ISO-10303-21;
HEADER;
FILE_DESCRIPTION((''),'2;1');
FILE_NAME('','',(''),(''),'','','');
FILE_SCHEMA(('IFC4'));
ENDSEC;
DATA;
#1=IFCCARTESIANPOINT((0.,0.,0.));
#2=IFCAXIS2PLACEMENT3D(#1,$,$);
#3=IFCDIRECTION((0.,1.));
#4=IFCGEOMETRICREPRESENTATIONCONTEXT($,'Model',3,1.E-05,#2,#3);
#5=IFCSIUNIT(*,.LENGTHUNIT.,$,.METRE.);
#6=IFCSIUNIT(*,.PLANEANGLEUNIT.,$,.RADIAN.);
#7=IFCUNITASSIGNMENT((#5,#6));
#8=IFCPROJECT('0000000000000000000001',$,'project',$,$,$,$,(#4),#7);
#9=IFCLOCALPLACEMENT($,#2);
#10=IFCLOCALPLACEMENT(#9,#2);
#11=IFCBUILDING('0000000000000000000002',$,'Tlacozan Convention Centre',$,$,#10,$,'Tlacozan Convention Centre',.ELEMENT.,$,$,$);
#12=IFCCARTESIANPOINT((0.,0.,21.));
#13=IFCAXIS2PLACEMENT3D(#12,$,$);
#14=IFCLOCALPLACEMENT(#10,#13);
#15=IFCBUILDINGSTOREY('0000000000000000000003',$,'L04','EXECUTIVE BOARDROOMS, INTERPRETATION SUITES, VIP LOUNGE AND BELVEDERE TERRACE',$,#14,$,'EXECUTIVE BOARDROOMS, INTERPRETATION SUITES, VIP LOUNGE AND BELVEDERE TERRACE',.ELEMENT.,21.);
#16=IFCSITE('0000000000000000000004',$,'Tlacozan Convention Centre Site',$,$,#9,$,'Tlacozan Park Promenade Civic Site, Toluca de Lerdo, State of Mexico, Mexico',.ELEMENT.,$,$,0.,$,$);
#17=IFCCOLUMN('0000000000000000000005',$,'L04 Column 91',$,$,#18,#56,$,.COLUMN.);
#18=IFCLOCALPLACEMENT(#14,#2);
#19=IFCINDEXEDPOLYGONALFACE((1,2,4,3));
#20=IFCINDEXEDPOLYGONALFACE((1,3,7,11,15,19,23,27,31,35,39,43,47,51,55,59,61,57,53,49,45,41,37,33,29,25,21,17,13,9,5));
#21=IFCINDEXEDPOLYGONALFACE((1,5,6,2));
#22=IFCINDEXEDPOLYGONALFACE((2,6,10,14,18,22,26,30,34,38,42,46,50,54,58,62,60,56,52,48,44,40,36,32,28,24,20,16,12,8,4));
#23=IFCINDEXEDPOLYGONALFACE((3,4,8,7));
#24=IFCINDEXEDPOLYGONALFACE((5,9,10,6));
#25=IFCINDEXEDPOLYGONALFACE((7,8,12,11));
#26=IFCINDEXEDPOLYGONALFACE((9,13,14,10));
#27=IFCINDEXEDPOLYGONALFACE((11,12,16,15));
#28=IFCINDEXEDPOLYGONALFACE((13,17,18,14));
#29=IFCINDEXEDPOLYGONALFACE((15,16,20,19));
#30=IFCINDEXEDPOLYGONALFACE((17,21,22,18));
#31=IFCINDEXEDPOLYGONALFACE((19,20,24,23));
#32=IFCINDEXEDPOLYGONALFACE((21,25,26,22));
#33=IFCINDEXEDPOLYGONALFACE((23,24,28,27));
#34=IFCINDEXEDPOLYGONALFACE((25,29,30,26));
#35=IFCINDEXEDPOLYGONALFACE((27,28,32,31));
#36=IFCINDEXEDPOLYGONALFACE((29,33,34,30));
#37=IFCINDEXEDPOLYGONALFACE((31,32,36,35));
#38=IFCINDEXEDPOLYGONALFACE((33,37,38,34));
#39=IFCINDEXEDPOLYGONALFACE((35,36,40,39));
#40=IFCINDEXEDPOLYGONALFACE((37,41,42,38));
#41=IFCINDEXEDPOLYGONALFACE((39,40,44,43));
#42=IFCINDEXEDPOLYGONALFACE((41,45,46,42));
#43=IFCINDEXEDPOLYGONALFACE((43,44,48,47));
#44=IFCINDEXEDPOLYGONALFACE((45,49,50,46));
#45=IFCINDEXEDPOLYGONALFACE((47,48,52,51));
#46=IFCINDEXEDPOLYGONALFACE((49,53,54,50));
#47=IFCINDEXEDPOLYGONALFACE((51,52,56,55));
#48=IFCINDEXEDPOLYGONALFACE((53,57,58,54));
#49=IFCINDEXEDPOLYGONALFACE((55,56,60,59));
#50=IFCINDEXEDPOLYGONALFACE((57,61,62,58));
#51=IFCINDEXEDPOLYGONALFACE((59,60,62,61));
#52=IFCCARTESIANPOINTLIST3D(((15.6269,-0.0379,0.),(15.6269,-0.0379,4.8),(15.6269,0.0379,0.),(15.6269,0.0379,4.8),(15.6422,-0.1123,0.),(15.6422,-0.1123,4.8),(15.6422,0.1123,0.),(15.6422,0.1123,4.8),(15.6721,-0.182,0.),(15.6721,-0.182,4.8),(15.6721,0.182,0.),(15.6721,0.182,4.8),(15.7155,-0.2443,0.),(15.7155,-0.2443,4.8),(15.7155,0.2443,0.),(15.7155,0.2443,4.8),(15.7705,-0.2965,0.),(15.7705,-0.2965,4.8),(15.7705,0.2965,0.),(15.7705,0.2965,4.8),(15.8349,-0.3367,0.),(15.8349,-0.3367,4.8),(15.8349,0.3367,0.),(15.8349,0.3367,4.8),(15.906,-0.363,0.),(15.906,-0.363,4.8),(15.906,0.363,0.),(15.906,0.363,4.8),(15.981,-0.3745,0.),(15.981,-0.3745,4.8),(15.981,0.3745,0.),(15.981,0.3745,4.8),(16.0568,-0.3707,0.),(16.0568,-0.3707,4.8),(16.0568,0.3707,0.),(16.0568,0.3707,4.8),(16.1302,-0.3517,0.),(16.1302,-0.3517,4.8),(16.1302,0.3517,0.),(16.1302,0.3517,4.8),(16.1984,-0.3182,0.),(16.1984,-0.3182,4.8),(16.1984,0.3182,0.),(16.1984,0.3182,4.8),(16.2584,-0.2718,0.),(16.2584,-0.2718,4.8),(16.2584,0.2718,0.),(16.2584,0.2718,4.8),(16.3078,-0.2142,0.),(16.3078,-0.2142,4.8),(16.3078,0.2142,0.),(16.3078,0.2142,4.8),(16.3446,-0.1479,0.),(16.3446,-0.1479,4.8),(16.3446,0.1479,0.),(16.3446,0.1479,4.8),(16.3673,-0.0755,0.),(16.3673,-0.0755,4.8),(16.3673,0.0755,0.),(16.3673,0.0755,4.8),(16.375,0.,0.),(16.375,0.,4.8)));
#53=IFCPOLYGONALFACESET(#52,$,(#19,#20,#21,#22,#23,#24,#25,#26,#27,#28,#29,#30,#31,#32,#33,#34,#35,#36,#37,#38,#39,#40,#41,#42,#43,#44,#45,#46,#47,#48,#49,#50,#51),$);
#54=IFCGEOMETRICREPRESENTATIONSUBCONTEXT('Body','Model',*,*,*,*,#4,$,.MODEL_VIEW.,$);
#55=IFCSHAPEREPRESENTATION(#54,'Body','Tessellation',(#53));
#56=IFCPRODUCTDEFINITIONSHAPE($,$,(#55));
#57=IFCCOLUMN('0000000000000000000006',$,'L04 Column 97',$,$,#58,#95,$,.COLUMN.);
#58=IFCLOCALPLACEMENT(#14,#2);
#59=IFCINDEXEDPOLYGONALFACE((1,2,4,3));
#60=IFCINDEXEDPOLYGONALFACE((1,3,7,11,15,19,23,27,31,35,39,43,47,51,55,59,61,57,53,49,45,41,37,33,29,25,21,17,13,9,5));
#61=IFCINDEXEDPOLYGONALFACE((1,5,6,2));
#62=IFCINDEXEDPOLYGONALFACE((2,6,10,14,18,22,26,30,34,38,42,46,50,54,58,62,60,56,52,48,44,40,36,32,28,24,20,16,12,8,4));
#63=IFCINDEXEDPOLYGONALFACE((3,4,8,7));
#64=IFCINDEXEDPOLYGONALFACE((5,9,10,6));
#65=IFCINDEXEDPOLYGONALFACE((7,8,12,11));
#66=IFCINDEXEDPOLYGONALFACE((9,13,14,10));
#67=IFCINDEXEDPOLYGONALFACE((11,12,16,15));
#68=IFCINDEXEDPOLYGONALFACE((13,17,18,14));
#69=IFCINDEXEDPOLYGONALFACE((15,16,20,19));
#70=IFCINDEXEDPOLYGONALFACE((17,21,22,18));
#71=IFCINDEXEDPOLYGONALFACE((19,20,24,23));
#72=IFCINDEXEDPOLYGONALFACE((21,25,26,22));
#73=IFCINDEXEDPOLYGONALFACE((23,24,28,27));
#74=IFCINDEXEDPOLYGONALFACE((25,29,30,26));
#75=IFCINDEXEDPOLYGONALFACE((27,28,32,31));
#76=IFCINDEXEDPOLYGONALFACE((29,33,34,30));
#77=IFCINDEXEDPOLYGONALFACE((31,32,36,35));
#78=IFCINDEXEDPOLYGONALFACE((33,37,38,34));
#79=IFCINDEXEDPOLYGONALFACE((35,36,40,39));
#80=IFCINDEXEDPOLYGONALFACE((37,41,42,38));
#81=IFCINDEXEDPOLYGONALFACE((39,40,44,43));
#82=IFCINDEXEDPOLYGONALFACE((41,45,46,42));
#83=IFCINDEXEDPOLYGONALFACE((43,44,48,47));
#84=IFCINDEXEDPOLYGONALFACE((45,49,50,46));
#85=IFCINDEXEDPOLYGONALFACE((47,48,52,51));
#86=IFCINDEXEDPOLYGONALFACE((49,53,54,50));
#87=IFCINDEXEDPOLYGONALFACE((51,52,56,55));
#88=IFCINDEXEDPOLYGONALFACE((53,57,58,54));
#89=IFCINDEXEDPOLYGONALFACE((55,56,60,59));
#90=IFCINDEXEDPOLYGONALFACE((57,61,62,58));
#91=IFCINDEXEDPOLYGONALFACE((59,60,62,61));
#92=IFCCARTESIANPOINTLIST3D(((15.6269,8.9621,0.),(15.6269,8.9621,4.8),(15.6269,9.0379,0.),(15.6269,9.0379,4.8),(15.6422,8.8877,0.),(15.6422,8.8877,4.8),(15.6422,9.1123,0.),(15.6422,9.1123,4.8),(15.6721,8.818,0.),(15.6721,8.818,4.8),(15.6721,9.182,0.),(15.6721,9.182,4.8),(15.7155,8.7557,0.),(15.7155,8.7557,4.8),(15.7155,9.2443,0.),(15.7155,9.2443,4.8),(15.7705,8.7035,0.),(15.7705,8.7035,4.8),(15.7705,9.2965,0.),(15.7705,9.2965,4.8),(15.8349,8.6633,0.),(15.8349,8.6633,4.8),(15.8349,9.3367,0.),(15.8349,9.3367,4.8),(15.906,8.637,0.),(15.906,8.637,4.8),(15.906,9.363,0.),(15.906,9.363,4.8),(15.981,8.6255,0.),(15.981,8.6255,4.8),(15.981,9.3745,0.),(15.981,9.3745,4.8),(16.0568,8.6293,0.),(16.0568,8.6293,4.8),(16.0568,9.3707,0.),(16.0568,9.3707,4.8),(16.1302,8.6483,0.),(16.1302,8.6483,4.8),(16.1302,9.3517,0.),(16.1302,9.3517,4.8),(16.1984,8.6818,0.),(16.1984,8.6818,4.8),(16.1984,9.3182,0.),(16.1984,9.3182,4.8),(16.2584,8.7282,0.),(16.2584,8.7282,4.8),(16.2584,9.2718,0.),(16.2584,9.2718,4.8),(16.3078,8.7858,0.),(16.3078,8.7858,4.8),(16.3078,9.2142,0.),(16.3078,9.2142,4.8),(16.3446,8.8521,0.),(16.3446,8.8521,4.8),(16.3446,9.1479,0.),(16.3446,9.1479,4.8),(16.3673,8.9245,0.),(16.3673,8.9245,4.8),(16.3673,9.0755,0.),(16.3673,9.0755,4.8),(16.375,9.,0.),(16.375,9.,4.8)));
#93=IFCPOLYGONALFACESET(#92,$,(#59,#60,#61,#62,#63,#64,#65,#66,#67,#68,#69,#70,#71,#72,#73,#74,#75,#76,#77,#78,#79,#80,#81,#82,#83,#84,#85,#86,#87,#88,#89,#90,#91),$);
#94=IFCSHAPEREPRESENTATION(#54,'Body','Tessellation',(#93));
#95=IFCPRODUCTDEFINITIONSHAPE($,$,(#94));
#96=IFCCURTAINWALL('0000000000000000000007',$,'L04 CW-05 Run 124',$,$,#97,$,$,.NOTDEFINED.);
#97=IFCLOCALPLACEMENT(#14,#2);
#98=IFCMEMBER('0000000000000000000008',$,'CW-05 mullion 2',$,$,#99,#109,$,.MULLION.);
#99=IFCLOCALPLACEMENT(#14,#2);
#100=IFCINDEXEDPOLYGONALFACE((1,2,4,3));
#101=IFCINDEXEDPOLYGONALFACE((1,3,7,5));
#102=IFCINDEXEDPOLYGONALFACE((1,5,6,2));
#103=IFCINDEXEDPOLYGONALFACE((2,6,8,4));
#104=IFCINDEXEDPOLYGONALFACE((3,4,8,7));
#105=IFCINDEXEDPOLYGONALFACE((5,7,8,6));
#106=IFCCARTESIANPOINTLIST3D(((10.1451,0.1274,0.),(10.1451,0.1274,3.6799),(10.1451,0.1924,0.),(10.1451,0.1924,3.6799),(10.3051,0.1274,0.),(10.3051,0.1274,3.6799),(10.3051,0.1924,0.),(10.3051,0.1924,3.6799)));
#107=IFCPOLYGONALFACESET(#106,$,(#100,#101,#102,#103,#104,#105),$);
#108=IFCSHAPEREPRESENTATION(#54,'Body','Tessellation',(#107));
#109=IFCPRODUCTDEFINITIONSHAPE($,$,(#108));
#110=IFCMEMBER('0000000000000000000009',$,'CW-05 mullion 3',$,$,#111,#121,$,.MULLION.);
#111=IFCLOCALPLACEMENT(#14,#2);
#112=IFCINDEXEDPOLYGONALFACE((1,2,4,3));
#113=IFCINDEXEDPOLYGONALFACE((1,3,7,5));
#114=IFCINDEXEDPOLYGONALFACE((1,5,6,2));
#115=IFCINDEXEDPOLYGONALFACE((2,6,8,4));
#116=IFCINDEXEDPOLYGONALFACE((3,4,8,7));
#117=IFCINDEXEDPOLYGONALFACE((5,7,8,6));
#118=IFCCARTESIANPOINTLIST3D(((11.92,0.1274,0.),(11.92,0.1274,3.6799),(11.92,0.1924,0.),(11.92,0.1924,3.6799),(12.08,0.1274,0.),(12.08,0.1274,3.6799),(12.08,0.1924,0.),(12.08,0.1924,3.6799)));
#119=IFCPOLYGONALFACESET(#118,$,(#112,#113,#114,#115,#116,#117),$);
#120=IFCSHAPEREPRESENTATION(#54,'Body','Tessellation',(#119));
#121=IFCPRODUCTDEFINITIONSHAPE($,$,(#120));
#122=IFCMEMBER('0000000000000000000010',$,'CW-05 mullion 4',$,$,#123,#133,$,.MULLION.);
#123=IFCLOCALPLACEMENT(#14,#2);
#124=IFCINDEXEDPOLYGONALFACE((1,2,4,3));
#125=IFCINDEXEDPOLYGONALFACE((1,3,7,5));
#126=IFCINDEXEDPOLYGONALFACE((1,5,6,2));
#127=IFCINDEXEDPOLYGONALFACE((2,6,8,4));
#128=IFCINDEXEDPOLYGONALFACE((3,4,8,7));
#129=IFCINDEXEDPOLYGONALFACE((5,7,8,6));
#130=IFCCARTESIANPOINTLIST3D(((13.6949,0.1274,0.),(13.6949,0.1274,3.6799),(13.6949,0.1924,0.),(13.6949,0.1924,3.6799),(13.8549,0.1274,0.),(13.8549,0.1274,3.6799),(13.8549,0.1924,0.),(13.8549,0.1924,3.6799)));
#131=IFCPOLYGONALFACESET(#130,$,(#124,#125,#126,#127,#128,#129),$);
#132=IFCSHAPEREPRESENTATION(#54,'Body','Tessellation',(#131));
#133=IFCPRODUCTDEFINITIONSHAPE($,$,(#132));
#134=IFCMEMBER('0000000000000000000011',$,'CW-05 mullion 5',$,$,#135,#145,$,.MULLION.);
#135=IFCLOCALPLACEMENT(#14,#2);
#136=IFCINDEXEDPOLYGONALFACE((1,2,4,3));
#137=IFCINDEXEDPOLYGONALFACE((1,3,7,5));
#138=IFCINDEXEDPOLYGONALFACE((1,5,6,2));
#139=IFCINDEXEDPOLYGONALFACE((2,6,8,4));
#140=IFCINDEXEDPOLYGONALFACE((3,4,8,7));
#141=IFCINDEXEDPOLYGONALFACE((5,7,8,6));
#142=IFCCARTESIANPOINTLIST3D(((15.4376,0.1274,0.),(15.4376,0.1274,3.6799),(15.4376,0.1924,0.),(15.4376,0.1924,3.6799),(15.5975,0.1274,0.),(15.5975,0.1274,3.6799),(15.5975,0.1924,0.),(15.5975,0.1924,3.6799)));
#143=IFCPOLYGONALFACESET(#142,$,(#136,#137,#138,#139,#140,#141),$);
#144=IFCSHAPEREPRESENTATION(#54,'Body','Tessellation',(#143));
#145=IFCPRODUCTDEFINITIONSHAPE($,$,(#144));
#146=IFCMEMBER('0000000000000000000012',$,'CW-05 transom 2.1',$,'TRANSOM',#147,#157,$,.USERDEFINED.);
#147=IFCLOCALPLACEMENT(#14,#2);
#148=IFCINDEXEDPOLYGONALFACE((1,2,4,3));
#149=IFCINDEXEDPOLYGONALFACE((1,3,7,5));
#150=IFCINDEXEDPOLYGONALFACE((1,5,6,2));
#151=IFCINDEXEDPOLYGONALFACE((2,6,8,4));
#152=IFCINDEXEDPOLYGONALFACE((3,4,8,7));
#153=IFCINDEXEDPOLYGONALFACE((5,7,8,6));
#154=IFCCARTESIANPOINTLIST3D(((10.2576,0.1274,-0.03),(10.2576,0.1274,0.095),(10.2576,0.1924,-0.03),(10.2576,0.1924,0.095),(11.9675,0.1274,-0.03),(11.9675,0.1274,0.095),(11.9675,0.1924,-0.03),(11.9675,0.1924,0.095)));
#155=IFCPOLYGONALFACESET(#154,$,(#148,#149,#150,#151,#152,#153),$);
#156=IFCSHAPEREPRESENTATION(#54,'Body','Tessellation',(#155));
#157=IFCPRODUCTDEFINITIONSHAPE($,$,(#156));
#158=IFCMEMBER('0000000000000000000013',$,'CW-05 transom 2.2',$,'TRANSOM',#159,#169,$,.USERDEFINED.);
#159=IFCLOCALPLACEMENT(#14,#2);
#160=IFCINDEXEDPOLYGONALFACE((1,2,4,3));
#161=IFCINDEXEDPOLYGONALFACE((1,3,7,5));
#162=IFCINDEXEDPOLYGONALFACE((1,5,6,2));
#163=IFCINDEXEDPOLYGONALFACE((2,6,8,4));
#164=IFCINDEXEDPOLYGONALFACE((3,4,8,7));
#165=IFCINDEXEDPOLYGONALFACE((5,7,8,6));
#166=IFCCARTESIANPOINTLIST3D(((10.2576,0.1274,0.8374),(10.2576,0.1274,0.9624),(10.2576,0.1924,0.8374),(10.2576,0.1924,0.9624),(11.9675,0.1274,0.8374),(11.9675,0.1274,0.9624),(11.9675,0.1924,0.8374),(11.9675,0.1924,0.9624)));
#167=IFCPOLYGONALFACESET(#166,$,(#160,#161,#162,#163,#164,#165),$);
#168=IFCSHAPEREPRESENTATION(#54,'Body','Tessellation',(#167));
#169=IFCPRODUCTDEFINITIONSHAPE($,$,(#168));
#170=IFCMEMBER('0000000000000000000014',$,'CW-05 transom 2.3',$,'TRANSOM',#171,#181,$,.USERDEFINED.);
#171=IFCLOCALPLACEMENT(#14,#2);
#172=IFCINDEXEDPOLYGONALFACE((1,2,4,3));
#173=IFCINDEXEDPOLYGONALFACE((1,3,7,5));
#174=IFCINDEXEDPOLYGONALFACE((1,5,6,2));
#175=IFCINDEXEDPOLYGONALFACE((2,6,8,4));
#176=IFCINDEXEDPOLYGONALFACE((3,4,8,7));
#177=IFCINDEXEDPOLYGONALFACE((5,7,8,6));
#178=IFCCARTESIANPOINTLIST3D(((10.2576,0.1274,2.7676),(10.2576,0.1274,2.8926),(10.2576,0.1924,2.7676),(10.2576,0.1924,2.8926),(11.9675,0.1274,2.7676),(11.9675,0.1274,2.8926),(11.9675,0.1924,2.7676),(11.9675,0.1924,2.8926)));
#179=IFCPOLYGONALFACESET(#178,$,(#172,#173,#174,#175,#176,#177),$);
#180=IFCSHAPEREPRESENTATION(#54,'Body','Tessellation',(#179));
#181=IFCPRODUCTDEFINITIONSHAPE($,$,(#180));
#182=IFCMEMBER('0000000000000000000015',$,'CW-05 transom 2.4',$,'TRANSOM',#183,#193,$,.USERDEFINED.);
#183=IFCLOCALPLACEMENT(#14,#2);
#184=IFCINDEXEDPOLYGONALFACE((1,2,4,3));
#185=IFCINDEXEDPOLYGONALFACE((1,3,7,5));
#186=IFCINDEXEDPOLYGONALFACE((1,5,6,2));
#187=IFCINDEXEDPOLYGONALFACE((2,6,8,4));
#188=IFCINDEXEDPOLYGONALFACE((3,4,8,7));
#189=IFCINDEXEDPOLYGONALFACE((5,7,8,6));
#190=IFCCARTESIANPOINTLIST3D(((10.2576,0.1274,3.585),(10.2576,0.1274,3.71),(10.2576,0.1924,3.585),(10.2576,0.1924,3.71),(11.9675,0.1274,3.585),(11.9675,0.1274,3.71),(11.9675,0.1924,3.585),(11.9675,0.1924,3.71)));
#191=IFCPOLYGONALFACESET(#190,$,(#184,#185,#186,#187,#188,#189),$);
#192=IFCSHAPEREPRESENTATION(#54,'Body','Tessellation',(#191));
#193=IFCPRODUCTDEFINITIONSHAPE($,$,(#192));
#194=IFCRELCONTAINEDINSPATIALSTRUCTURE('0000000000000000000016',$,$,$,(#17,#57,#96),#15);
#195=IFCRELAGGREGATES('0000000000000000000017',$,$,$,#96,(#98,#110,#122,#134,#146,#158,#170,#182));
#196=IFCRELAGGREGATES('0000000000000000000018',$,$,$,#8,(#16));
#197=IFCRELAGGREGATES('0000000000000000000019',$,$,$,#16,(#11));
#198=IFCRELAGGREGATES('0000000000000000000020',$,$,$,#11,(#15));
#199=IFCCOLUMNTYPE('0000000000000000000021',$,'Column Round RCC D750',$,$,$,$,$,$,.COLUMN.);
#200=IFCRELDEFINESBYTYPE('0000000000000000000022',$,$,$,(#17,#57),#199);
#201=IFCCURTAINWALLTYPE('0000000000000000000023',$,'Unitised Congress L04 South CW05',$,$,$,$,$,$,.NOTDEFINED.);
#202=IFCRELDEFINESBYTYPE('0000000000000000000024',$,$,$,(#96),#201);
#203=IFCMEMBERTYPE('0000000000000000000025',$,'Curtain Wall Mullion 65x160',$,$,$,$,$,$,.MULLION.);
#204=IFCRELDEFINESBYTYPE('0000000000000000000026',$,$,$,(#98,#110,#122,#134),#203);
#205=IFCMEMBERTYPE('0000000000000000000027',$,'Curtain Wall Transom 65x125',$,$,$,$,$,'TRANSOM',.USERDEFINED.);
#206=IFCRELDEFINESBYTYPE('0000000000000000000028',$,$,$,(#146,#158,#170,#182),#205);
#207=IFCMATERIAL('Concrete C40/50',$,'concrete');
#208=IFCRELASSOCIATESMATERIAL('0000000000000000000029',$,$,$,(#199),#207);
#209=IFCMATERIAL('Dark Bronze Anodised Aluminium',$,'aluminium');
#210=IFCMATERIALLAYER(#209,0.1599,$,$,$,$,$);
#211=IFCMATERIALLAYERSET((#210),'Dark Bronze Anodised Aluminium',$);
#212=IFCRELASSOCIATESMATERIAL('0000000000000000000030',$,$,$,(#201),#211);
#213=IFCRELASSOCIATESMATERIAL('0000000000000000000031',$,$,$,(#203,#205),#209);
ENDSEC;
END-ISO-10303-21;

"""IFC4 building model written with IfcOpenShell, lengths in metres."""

from ifc_helpers import new_model, si_unit, direction, frame, origin, origin_2d, place, context, subcontext, project, spatial, rectangle, circle, extrude, material, layer, layer_set, material_profile, profile_set, type_object, element, aggregate, save


model = new_model("IFC4")

# Units and contexts
model_context = context("Model", 3, precision=1e-05, world=origin(), true_north=direction((0.0, 1.0)))
body_context = subcontext(model_context, "Body", "Model", "MODEL_VIEW")
ifc_project = project(units=[si_unit("LENGTHUNIT", "METRE"), si_unit("PLANEANGLEUNIT", "RADIAN")], contexts=[model_context])

# Site, building, storey
site_placement = place(None, origin())
site = spatial("IfcSite", under=ifc_project, at=site_placement, Name="Tlacozan Convention Centre Site", LongName="Tlacozan Park Promenade Civic Site, Toluca de Lerdo, State of Mexico, Mexico", CompositionType="ELEMENT", RefElevation=0.0)
building_placement = place(site_placement, origin())
building = spatial("IfcBuilding", under=site, at=building_placement, Name="Tlacozan Convention Centre", LongName="Tlacozan Convention Centre", CompositionType="ELEMENT")
storey_placement = place(building_placement, frame((0.0, 0.0, 21.0)))
storey = spatial("IfcBuildingStorey", under=building, at=storey_placement, Name="L04", Description="EXECUTIVE BOARDROOMS, INTERPRETATION SUITES, VIP LOUNGE AND BELVEDERE TERRACE", LongName="EXECUTIVE BOARDROOMS, INTERPRETATION SUITES, VIP LOUNGE AND BELVEDERE TERRACE", CompositionType="ELEMENT", Elevation=21.0)

# Columns
ifc_material_1 = material(Name="Concrete C40/50", Category="concrete")
ifc_material_profile_1 = material_profile(ifc_material_1, circle(Radius=0.375, at=origin_2d()), Name="RCC D750")
ifc_profile_set_1 = profile_set([ifc_material_profile_1], Name="Concrete C40/50")
column_type = type_object("IfcColumnType", Name="Column Round RCC D750", PredefinedType="COLUMN", material=ifc_profile_set_1)
for number, where, z_axis, x_axis, name in (
    (1, (16.0, 0.0, 0.0), (0.0, 0.0, 1.0), (1.0, 0.0, 0.0), "L04 Column 91"),
    (2, (16.0, 9.0, 0.0), (0.0, 0.0, 1.0), (1.0, 0.0, 0.0), "L04 Column 97"),
):
    element("IfcColumn", number, at=place(storey_placement, frame(where, z_axis=z_axis, x_axis=x_axis)), inside=storey, type_object=column_type, Name=name, PredefinedType="COLUMN", context=body_context, shape_type="SweptSolid", body=[
        extrude(circle(Radius=0.375, at=origin_2d()), origin(), (0.0, 0.0, 1.0), 4.8),
    ])

# Curtain wall, members
ifc_material_2 = material(Name="Dark Bronze Anodised Aluminium", Category="aluminium")
ifc_layer_1 = layer(ifc_material_2, 0.1599)
ifc_layer_set_1 = layer_set([ifc_layer_1], Name="Dark Bronze Anodised Aluminium")
curtain_wall_type = type_object("IfcCurtainWallType", Name="Unitised Congress L04 South CW05", PredefinedType="NOTDEFINED", material=ifc_layer_set_1)
curtain_wall_placement = place(storey_placement, origin())
curtain_wall = element("IfcCurtainWall", 3, at=curtain_wall_placement, inside=storey, type_object=curtain_wall_type, Name="L04 CW-05 Run 124", PredefinedType="NOTDEFINED")
ifc_material_profile_2 = material_profile(ifc_material_2, rectangle(XDim=0.0649, YDim=0.1599, at=origin_2d()), Name="ALU 65x160")
ifc_profile_set_2 = profile_set([ifc_material_profile_2], Name="Dark Bronze Anodised Aluminium")
member_type_1 = type_object("IfcMemberType", Name="Curtain Wall Mullion 65x160", PredefinedType="MULLION", material=ifc_profile_set_2)
member_1_placement = place(storey_placement, frame((10.2251, 0.1599, 0.0), z_axis=(0.0, 0.0, 1.0), x_axis=(0.0, 1.0, 0.0)))
member_1 = element("IfcMember", 4, at=member_1_placement, type_object=member_type_1, Name="CW-05 mullion 2", PredefinedType="MULLION", context=body_context, shape_type="SweptSolid", body=[
    extrude(rectangle(XDim=0.0649, YDim=0.1599, at=origin_2d()), origin(), (0.0, 0.0, 1.0), 3.6799),
])
member_2_placement = place(storey_placement, frame((12.0, 0.1599, 0.0), z_axis=(0.0, 0.0, 1.0), x_axis=(0.0, 1.0, 0.0)))
member_2 = element("IfcMember", 5, at=member_2_placement, type_object=member_type_1, Name="CW-05 mullion 3", PredefinedType="MULLION", context=body_context, shape_type="SweptSolid", body=[
    extrude(rectangle(XDim=0.0649, YDim=0.1599, at=origin_2d()), origin(), (0.0, 0.0, 1.0), 3.6799),
])
member_3_placement = place(storey_placement, frame((13.7749, 0.1599, 0.0), z_axis=(0.0, 0.0, 1.0), x_axis=(0.0, 1.0, 0.0)))
member_3 = element("IfcMember", 6, at=member_3_placement, type_object=member_type_1, Name="CW-05 mullion 4", PredefinedType="MULLION", context=body_context, shape_type="SweptSolid", body=[
    extrude(rectangle(XDim=0.0649, YDim=0.1599, at=origin_2d()), origin(), (0.0, 0.0, 1.0), 3.6799),
])
member_4_placement = place(storey_placement, frame((15.5176, 0.1599, 0.0), z_axis=(0.0, 0.0, 1.0), x_axis=(0.0, 1.0, 0.0)))
member_4 = element("IfcMember", 7, at=member_4_placement, type_object=member_type_1, Name="CW-05 mullion 5", PredefinedType="MULLION", context=body_context, shape_type="SweptSolid", body=[
    extrude(rectangle(XDim=0.0649, YDim=0.1599, at=origin_2d()), origin(), (0.0, 0.0, 1.0), 3.6799),
])
ifc_material_profile_3 = material_profile(ifc_material_2, rectangle(XDim=0.0649, YDim=0.125, at=origin_2d()), Name="ALU 65x125")
ifc_profile_set_3 = profile_set([ifc_material_profile_3], Name="Dark Bronze Anodised Aluminium")
member_type_2 = type_object("IfcMemberType", Name="Curtain Wall Transom 65x125", ElementType="TRANSOM", PredefinedType="USERDEFINED", material=ifc_profile_set_3)
member_5_placement = place(storey_placement, frame((10.2576, 0.1599, 0.0325), z_axis=(1.0, 0.0, 0.0), x_axis=(0.0, 1.0, 0.0)))
member_5 = element("IfcMember", 8, at=member_5_placement, type_object=member_type_2, Name="CW-05 transom 2.1", ObjectType="TRANSOM", PredefinedType="USERDEFINED", context=body_context, shape_type="SweptSolid", body=[
    extrude(rectangle(XDim=0.0649, YDim=0.125, at=origin_2d()), origin(), (0.0, 0.0, 1.0), 1.71),
])
member_6_placement = place(storey_placement, frame((10.2576, 0.1599, 0.8999), z_axis=(1.0, 0.0, 0.0), x_axis=(0.0, 1.0, 0.0)))
member_6 = element("IfcMember", 9, at=member_6_placement, type_object=member_type_2, Name="CW-05 transom 2.2", ObjectType="TRANSOM", PredefinedType="USERDEFINED", context=body_context, shape_type="SweptSolid", body=[
    extrude(rectangle(XDim=0.0649, YDim=0.125, at=origin_2d()), origin(), (0.0, 0.0, 1.0), 1.71),
])
member_7_placement = place(storey_placement, frame((10.2576, 0.1599, 2.8301), z_axis=(1.0, 0.0, 0.0), x_axis=(0.0, 1.0, 0.0)))
member_7 = element("IfcMember", 10, at=member_7_placement, type_object=member_type_2, Name="CW-05 transom 2.3", ObjectType="TRANSOM", PredefinedType="USERDEFINED", context=body_context, shape_type="SweptSolid", body=[
    extrude(rectangle(XDim=0.0649, YDim=0.125, at=origin_2d()), origin(), (0.0, 0.0, 1.0), 1.71),
])
member_8_placement = place(storey_placement, frame((10.2576, 0.1599, 3.6475), z_axis=(1.0, 0.0, 0.0), x_axis=(0.0, 1.0, 0.0)))
member_8 = element("IfcMember", 11, at=member_8_placement, type_object=member_type_2, Name="CW-05 transom 2.4", ObjectType="TRANSOM", PredefinedType="USERDEFINED", context=body_context, shape_type="SweptSolid", body=[
    extrude(rectangle(XDim=0.0649, YDim=0.125, at=origin_2d()), origin(), (0.0, 0.0, 1.0), 1.71),
])

aggregate(curtain_wall, [member_1, member_2, member_3, member_4, member_5, member_6, member_7, member_8])

save(model, "model.ifc")
